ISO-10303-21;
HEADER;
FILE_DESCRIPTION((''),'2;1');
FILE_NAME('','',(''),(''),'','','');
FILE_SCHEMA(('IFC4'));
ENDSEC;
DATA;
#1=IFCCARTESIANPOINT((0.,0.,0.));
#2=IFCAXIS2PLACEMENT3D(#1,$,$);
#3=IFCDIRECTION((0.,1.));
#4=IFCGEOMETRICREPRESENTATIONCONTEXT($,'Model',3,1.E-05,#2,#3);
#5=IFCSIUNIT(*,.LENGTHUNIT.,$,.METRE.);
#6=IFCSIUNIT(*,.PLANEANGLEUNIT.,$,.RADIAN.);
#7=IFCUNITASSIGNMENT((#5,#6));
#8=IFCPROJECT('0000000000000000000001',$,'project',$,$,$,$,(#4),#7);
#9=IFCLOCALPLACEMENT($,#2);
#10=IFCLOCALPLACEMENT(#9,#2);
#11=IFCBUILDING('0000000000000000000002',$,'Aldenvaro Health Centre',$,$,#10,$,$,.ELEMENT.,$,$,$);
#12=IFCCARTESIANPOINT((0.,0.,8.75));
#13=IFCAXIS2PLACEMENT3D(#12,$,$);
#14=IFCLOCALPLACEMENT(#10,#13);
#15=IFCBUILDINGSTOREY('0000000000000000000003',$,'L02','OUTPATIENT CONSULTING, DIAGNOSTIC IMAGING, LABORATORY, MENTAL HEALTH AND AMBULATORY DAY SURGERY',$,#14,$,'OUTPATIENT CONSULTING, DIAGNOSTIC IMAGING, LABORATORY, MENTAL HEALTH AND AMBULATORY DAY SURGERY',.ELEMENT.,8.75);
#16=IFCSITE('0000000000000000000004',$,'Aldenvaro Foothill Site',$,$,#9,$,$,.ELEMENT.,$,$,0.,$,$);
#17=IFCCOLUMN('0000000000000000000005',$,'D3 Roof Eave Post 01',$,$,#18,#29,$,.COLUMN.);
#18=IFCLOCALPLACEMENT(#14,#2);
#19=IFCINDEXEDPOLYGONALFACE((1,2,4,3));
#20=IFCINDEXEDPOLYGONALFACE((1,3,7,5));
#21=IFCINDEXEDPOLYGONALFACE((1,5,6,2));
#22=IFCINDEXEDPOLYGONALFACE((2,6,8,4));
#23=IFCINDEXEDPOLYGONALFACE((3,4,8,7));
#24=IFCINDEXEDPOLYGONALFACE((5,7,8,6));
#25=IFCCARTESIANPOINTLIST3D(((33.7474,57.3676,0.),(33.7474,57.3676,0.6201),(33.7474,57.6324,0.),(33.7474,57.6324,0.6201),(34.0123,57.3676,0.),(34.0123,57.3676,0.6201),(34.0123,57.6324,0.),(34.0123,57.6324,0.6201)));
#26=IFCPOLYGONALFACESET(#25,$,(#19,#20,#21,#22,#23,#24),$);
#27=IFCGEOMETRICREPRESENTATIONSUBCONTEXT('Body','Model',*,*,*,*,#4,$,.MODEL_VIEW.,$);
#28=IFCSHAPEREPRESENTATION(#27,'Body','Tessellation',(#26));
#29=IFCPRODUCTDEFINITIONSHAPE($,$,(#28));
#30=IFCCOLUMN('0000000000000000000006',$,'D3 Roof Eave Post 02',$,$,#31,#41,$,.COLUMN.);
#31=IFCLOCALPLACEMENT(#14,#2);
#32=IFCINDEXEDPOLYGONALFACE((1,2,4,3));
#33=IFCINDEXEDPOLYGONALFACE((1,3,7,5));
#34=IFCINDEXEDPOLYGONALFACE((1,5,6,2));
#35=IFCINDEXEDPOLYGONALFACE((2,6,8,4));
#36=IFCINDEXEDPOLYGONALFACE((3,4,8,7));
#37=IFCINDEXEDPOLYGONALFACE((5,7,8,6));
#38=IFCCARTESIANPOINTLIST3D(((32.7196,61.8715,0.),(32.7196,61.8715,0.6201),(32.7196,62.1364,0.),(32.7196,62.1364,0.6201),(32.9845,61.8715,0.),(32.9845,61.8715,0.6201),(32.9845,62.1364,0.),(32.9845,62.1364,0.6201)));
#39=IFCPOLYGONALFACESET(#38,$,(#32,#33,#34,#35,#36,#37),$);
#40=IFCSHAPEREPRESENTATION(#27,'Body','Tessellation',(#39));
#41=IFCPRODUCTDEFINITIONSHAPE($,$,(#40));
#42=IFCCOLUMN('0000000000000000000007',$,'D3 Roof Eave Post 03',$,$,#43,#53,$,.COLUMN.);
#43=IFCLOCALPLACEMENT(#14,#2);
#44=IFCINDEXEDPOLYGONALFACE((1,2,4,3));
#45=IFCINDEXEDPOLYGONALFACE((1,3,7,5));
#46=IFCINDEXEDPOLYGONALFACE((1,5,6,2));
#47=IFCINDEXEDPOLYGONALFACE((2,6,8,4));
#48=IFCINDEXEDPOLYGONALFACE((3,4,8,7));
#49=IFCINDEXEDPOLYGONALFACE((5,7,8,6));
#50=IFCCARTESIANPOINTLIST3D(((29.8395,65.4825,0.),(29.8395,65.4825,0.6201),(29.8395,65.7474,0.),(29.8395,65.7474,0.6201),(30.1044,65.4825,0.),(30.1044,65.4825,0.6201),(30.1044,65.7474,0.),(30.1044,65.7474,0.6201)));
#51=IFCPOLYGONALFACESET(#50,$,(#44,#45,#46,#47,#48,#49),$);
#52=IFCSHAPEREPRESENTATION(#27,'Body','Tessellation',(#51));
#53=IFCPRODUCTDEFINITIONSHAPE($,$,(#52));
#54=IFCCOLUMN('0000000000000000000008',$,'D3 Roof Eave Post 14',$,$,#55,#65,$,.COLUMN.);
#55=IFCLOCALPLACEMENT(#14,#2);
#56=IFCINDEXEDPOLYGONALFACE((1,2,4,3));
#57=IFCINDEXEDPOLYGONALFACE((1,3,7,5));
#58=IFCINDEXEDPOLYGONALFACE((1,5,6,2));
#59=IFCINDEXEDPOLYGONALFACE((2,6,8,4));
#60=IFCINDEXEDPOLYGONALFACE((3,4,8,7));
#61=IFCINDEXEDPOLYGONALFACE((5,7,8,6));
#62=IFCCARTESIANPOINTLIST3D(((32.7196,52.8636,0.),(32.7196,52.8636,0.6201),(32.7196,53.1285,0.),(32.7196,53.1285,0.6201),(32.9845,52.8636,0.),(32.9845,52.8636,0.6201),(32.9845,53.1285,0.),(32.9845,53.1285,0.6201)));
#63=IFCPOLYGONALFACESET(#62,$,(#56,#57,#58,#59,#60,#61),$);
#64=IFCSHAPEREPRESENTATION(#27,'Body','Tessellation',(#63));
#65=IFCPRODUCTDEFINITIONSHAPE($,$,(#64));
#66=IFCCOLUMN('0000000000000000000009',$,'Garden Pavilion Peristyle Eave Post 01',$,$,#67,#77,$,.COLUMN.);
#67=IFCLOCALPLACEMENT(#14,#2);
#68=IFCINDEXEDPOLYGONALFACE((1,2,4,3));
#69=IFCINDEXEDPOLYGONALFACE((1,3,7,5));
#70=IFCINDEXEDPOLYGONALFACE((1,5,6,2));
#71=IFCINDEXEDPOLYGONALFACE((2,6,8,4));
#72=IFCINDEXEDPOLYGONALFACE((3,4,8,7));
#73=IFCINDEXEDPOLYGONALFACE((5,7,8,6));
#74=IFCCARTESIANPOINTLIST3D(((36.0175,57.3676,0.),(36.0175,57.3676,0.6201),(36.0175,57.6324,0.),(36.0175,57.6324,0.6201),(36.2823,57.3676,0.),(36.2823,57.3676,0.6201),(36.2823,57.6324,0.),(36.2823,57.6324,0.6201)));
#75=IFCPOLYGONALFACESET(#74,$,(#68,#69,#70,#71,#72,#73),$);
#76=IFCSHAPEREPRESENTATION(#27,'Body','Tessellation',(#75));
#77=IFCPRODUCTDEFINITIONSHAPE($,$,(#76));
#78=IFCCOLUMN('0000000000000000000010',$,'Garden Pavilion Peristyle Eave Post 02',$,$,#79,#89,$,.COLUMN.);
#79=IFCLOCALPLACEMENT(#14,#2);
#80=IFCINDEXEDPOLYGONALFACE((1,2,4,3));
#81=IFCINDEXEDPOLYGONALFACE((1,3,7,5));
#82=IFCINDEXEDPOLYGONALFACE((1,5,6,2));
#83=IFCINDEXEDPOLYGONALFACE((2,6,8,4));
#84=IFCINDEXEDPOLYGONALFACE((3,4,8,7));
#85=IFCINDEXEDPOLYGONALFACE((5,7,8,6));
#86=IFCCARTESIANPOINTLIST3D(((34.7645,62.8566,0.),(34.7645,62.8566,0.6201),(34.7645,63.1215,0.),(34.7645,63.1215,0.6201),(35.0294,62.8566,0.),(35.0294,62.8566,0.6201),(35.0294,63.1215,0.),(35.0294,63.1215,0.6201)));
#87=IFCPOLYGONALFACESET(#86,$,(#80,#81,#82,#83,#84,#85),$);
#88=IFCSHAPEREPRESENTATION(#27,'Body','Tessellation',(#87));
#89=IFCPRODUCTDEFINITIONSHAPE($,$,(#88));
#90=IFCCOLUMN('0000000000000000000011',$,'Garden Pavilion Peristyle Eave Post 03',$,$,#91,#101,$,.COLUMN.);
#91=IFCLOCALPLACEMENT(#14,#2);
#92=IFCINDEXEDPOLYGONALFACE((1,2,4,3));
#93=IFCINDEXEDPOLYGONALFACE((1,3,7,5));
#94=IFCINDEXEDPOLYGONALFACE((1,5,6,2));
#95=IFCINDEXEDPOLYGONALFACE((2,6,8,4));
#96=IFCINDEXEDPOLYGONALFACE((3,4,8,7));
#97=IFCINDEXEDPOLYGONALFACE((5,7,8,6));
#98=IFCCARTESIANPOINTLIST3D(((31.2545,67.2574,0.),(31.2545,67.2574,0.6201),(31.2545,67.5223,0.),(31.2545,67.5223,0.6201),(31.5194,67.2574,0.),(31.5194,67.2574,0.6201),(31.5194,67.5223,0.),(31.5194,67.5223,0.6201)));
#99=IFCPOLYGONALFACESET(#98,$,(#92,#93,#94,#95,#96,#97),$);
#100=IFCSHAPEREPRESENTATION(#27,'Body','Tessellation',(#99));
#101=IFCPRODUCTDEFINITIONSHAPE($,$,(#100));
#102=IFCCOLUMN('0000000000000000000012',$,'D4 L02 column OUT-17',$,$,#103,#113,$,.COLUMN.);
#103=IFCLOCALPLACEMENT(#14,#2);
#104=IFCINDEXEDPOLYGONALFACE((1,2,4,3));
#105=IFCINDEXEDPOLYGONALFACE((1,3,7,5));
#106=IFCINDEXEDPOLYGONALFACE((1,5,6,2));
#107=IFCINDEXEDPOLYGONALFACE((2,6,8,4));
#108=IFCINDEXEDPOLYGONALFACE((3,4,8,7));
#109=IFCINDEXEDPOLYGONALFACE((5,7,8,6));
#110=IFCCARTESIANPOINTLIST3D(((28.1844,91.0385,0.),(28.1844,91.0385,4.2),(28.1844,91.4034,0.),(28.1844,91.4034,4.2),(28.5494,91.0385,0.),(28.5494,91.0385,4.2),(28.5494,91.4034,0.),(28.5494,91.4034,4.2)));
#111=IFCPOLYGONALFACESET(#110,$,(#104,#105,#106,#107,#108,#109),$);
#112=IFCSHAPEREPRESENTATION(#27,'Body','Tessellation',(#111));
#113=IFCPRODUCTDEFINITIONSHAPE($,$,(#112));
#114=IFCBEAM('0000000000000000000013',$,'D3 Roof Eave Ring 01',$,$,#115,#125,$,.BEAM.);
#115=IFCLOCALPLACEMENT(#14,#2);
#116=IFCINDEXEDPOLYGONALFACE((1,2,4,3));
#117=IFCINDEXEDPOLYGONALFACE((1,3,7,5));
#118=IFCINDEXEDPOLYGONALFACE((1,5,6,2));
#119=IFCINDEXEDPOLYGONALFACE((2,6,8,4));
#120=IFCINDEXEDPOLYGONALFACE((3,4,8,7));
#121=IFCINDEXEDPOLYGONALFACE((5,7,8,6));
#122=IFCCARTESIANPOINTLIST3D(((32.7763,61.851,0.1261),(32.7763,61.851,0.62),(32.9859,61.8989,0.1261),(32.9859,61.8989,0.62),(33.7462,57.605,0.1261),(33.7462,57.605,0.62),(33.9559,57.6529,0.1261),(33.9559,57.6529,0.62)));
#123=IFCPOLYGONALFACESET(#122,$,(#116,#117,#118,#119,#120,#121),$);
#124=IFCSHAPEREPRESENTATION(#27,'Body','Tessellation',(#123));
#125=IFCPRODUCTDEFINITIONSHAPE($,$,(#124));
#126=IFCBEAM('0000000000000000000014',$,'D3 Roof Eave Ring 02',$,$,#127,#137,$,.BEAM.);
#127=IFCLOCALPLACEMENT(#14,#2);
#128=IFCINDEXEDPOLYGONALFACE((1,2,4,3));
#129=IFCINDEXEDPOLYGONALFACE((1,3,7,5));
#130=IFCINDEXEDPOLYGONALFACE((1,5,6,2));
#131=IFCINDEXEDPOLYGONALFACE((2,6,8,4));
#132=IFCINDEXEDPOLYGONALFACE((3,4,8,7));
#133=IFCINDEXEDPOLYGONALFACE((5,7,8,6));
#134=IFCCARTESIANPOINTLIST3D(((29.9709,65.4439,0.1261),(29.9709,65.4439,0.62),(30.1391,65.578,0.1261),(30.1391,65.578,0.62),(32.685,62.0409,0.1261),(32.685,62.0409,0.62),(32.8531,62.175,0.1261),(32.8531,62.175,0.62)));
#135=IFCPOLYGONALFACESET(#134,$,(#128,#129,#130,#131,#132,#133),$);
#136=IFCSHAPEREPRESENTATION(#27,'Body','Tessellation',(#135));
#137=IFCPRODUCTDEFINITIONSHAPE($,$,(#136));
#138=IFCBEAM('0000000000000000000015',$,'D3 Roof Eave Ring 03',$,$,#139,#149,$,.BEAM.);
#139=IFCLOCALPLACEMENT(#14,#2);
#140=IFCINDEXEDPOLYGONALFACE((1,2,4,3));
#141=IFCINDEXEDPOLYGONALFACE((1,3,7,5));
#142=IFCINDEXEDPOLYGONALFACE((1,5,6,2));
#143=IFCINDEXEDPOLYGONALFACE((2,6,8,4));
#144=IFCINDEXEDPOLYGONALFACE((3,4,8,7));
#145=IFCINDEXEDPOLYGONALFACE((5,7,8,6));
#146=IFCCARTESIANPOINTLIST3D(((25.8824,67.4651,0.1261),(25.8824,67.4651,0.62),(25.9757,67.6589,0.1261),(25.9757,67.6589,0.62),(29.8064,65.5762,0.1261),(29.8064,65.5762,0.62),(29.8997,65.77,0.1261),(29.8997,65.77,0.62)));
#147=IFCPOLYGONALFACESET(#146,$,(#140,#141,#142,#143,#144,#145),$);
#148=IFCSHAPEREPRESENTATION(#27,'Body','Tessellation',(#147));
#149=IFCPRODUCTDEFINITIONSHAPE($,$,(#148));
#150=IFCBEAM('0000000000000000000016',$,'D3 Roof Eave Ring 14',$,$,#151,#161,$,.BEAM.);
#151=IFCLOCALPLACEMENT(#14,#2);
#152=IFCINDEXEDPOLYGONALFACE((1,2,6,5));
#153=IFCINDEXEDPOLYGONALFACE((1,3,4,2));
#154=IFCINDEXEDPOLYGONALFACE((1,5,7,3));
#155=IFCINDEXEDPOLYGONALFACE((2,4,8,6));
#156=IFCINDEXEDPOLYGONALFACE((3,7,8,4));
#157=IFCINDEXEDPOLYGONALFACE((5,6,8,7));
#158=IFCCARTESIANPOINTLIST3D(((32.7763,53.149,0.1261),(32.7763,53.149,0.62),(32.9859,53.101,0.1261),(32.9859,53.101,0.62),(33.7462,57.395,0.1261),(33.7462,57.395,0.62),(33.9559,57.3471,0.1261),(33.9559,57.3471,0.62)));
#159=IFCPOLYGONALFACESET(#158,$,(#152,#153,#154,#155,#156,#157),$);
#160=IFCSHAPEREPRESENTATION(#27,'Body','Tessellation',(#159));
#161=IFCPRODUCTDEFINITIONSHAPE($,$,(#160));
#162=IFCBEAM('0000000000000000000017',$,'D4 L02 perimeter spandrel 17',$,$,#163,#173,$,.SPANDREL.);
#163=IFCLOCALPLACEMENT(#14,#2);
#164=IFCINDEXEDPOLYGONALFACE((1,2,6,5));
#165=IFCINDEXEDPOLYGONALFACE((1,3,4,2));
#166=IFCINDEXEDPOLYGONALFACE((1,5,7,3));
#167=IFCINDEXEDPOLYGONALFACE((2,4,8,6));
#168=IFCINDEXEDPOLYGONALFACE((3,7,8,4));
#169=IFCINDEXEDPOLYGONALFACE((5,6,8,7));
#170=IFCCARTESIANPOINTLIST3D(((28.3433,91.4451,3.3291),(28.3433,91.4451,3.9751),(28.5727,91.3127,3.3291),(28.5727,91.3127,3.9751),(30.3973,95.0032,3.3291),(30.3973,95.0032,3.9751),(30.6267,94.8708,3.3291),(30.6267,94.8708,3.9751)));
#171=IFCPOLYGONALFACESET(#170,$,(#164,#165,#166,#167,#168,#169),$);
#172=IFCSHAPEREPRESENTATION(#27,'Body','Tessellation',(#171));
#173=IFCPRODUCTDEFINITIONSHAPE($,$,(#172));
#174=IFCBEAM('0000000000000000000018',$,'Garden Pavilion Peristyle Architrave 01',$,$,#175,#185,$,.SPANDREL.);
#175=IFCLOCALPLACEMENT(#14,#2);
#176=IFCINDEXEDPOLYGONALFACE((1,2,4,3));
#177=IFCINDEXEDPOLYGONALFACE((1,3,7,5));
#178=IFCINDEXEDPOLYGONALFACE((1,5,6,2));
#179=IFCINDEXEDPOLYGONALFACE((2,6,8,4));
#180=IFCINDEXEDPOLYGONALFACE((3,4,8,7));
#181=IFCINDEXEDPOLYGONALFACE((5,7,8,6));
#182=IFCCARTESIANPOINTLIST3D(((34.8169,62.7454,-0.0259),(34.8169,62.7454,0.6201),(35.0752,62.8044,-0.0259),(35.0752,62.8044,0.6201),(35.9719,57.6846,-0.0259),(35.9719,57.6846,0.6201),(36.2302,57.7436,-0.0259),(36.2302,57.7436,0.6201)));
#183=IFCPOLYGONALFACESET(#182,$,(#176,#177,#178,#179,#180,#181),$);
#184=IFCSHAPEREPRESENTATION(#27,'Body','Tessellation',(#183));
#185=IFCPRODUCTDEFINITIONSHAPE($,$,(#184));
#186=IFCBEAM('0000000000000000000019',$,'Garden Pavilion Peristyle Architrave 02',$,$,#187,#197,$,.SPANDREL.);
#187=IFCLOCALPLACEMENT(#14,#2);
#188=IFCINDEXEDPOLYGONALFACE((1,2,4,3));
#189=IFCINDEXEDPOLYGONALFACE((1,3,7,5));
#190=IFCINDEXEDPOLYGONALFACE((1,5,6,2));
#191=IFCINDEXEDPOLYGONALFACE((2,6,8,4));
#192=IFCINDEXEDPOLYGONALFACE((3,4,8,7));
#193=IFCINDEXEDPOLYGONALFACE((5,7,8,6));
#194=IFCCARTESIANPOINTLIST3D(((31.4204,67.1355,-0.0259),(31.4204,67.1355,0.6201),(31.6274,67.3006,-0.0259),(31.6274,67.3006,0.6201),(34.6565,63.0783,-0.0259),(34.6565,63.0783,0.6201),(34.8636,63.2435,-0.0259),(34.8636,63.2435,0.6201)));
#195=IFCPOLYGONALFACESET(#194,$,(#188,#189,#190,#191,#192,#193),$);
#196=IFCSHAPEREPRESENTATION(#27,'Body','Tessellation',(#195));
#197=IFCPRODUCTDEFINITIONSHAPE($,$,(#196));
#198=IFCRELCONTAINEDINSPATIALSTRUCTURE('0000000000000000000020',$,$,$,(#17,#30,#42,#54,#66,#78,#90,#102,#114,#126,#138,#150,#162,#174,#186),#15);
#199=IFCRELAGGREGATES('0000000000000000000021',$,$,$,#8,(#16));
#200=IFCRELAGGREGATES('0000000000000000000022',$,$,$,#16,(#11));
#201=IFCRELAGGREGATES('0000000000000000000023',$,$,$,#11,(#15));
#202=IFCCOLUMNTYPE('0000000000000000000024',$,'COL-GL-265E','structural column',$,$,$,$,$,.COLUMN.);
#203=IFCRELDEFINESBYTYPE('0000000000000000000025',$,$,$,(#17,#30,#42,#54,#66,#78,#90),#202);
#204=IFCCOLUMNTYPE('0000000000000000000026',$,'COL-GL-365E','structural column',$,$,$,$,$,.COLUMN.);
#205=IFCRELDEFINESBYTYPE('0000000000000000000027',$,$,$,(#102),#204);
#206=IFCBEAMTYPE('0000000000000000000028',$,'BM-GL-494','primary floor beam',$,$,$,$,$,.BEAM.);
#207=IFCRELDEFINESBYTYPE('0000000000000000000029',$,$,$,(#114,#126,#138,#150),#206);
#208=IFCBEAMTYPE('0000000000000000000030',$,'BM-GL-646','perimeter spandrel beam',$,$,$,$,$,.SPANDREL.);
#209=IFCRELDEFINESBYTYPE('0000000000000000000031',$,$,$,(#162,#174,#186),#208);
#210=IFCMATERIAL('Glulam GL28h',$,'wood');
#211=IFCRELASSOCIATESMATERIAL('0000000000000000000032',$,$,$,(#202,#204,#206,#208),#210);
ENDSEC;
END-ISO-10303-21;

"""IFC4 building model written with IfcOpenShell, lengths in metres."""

from ifc_helpers import new_model, si_unit, direction, frame, origin, origin_2d, place, context, subcontext, project, spatial, rectangle, extrude, material, material_profile, profile_set, type_object, element, save


model = new_model("IFC4")

# Units and contexts
model_context = context("Model", 3, precision=1e-05, world=origin(), true_north=direction((0.0, 1.0)))
body_context = subcontext(model_context, "Body", "Model", "MODEL_VIEW")
ifc_project = project(units=[si_unit("LENGTHUNIT", "METRE"), si_unit("PLANEANGLEUNIT", "RADIAN")], contexts=[model_context])

# Site, building, storey
site_placement = place(None, origin())
site = spatial("IfcSite", under=ifc_project, at=site_placement, Name="Aldenvaro Foothill Site", CompositionType="ELEMENT", RefElevation=0.0)
building_placement = place(site_placement, origin())
building = spatial("IfcBuilding", under=site, at=building_placement, Name="Aldenvaro Health Centre", CompositionType="ELEMENT")
storey_placement = place(building_placement, frame((0.0, 0.0, 8.75)))
storey = spatial("IfcBuildingStorey", under=building, at=storey_placement, Name="L02", Description="OUTPATIENT CONSULTING, DIAGNOSTIC IMAGING, LABORATORY, MENTAL HEALTH AND AMBULATORY DAY SURGERY", LongName="OUTPATIENT CONSULTING, DIAGNOSTIC IMAGING, LABORATORY, MENTAL HEALTH AND AMBULATORY DAY SURGERY", CompositionType="ELEMENT", Elevation=8.75)

# Columns
ifc_material_1 = material(Name="Glulam GL28h", Category="wood")
ifc_material_profile_1 = material_profile(ifc_material_1, rectangle(XDim=0.2649, YDim=0.2649, at=origin_2d()), Name="GL 265x265", Category="wood")
ifc_profile_set_1 = profile_set([ifc_material_profile_1], Name="Glulam GL28h")
column_type_1 = type_object("IfcColumnType", Name="COL-GL-265E", Description="structural column", PredefinedType="COLUMN", material=ifc_profile_set_1)
for number, where, z_axis, x_axis, name in (
    (1, (33.8799, 57.5, 0.0), (0.0, 0.0, 1.0), (1.0, 0.0, 0.0), "D3 Roof Eave Post 01"),
    (2, (32.8521, 62.0039, 0.0), (0.0, 0.0, 1.0), (1.0, 0.0, 0.0), "D3 Roof Eave Post 02"),
    (3, (29.9719, 65.615, 0.0), (0.0, 0.0, 1.0), (1.0, 0.0, 0.0), "D3 Roof Eave Post 03"),
    (4, (32.8521, 52.9961, 0.0), (0.0, 0.0, 1.0), (1.0, 0.0, 0.0), "D3 Roof Eave Post 14"),
    (5, (36.1499, 57.5, 0.0), (0.0, 0.0, 1.0), (1.0, 0.0, 0.0), "Garden Pavilion Peristyle Eave Post 01"),
    (6, (34.897, 62.989, 0.0), (0.0, 0.0, 1.0), (1.0, 0.0, 0.0), "Garden Pavilion Peristyle Eave Post 02"),
    (7, (31.387, 67.3899, 0.0), (0.0, 0.0, 1.0), (1.0, 0.0, 0.0), "Garden Pavilion Peristyle Eave Post 03"),
):
    element("IfcColumn", number, at=place(storey_placement, frame(where, z_axis=z_axis, x_axis=x_axis)), inside=storey, type_object=column_type_1, Name=name, PredefinedType="COLUMN", context=body_context, shape_type="SweptSolid", body=[
        extrude(rectangle(XDim=0.2649, YDim=0.2649, at=origin_2d()), origin(), (0.0, 0.0, 1.0), 0.6201),
    ])
ifc_material_profile_2 = material_profile(ifc_material_1, rectangle(XDim=0.365, YDim=0.365, at=origin_2d()), Name="GL 365x365", Category="wood")
ifc_profile_set_2 = profile_set([ifc_material_profile_2], Name="Glulam GL28h")
column_type_2 = type_object("IfcColumnType", Name="COL-GL-365E", Description="structural column", PredefinedType="COLUMN", material=ifc_profile_set_2)
column_placement = place(storey_placement, frame((28.3669, 91.2209, 0.0), z_axis=(0.0, 0.0, 1.0), x_axis=(1.0, 0.0, 0.0)))
element("IfcColumn", 8, at=column_placement, inside=storey, type_object=column_type_2, Name="D4 L02 column OUT-17", PredefinedType="COLUMN", context=body_context, shape_type="SweptSolid", body=[
    extrude(rectangle(XDim=0.365, YDim=0.365, at=origin_2d()), origin(), (0.0, 0.0, 1.0), 4.2),
])

# Beams
ifc_material_profile_3 = material_profile(ifc_material_1, rectangle(XDim=0.2151, YDim=0.4939, at=origin_2d()), Name="GL 215x494", Category="wood")
ifc_profile_set_3 = profile_set([ifc_material_profile_3], Name="Glulam GL28h")
beam_type_1 = type_object("IfcBeamType", Name="BM-GL-494", Description="primary floor beam", PredefinedType="BEAM", material=ifc_profile_set_3)
beam_1_placement = place(storey_placement, frame((33.8511, 57.6289, 0.373), z_axis=(-0.222702, 0.974887, 0.0), x_axis=(-0.974887, -0.222702, 0.0)))
element("IfcBeam", 9, at=beam_1_placement, inside=storey, type_object=beam_type_1, Name="D3 Roof Eave Ring 01", PredefinedType="BEAM", context=body_context, shape_type="SweptSolid", body=[
    extrude(rectangle(XDim=0.2151, YDim=0.4939, at=origin_2d()), origin(), (0.0, 0.0, 1.0), 4.3555),
])
beam_2_placement = place(storey_placement, frame((32.769, 62.1079, 0.373), z_axis=(-0.623525, 0.781804, 0.0), x_axis=(-0.781804, -0.623525, 0.0)))
element("IfcBeam", 10, at=beam_2_placement, inside=storey, type_object=beam_type_1, Name="D3 Roof Eave Ring 02", PredefinedType="BEAM", context=body_context, shape_type="SweptSolid", body=[
    extrude(rectangle(XDim=0.2151, YDim=0.4939, at=origin_2d()), origin(), (0.0, 0.0, 1.0), 4.3528),
])
beam_3_placement = place(storey_placement, frame((29.853, 65.6731, 0.373), z_axis=(-0.901042, 0.433731, 0.0), x_axis=(-0.433731, -0.901042, 0.0)))
element("IfcBeam", 11, at=beam_3_placement, inside=storey, type_object=beam_type_1, Name="D3 Roof Eave Ring 03", PredefinedType="BEAM", context=body_context, shape_type="SweptSolid", body=[
    extrude(rectangle(XDim=0.2151, YDim=0.4939, at=origin_2d()), origin(), (0.0, 0.0, 1.0), 4.355),
])
beam_4_placement = place(storey_placement, frame((32.8811, 53.125, 0.373), z_axis=(0.222702, 0.974887, 0.0), x_axis=(-0.974887, 0.222702, 0.0)))
element("IfcBeam", 12, at=beam_4_placement, inside=storey, type_object=beam_type_1, Name="D3 Roof Eave Ring 14", PredefinedType="BEAM", context=body_context, shape_type="SweptSolid", body=[
    extrude(rectangle(XDim=0.2151, YDim=0.4939, at=origin_2d()), origin(), (0.0, 0.0, 1.0), 4.3555),
])
ifc_material_profile_4 = material_profile(ifc_material_1, rectangle(XDim=0.2649, YDim=0.646, at=origin_2d()), Name="GL 265x646", Category="wood")
ifc_profile_set_4 = profile_set([ifc_material_profile_4], Name="Glulam GL28h")
beam_type_2 = type_object("IfcBeamType", Name="BM-GL-646", Description="perimeter spandrel beam", PredefinedType="SPANDREL", material=ifc_profile_set_4)
beam_5_placement = place(storey_placement, frame((28.458, 91.3789, 3.6521), z_axis=(0.499942, 0.866059, 0.0), x_axis=(-0.866059, 0.499942, 0.0)))
element("IfcBeam", 13, at=beam_5_placement, inside=storey, type_object=beam_type_2, Name="D4 L02 perimeter spandrel 17", PredefinedType="SPANDREL", context=body_context, shape_type="SweptSolid", body=[
    extrude(rectangle(XDim=0.2649, YDim=0.646, at=origin_2d()), origin(), (0.0, 0.0, 1.0), 4.1084),
])
beam_6_placement = place(storey_placement, frame((36.1011, 57.7141, 0.2971), z_axis=(-0.222509, 0.974931, 0.0), x_axis=(-0.974931, -0.222509, 0.0)))
element("IfcBeam", 14, at=beam_6_placement, inside=storey, type_object=beam_type_2, Name="Garden Pavilion Peristyle Architrave 01", PredefinedType="SPANDREL", context=body_context, shape_type="SweptSolid", body=[
    extrude(rectangle(XDim=0.2649, YDim=0.646, at=origin_2d()), origin(), (0.0, 0.0, 1.0), 5.1909),
])
beam_7_placement = place(storey_placement, frame((34.76, 63.1609, 0.2971), z_axis=(-0.623564, 0.781772, 0.0), x_axis=(-0.781772, -0.623564, 0.0)))
element("IfcBeam", 15, at=beam_7_placement, inside=storey, type_object=beam_type_2, Name="Garden Pavilion Peristyle Architrave 02", PredefinedType="SPANDREL", context=body_context, shape_type="SweptSolid", body=[
    extrude(rectangle(XDim=0.2649, YDim=0.646, at=origin_2d()), origin(), (0.0, 0.0, 1.0), 5.1897),
])

save(model, "model.ifc")
